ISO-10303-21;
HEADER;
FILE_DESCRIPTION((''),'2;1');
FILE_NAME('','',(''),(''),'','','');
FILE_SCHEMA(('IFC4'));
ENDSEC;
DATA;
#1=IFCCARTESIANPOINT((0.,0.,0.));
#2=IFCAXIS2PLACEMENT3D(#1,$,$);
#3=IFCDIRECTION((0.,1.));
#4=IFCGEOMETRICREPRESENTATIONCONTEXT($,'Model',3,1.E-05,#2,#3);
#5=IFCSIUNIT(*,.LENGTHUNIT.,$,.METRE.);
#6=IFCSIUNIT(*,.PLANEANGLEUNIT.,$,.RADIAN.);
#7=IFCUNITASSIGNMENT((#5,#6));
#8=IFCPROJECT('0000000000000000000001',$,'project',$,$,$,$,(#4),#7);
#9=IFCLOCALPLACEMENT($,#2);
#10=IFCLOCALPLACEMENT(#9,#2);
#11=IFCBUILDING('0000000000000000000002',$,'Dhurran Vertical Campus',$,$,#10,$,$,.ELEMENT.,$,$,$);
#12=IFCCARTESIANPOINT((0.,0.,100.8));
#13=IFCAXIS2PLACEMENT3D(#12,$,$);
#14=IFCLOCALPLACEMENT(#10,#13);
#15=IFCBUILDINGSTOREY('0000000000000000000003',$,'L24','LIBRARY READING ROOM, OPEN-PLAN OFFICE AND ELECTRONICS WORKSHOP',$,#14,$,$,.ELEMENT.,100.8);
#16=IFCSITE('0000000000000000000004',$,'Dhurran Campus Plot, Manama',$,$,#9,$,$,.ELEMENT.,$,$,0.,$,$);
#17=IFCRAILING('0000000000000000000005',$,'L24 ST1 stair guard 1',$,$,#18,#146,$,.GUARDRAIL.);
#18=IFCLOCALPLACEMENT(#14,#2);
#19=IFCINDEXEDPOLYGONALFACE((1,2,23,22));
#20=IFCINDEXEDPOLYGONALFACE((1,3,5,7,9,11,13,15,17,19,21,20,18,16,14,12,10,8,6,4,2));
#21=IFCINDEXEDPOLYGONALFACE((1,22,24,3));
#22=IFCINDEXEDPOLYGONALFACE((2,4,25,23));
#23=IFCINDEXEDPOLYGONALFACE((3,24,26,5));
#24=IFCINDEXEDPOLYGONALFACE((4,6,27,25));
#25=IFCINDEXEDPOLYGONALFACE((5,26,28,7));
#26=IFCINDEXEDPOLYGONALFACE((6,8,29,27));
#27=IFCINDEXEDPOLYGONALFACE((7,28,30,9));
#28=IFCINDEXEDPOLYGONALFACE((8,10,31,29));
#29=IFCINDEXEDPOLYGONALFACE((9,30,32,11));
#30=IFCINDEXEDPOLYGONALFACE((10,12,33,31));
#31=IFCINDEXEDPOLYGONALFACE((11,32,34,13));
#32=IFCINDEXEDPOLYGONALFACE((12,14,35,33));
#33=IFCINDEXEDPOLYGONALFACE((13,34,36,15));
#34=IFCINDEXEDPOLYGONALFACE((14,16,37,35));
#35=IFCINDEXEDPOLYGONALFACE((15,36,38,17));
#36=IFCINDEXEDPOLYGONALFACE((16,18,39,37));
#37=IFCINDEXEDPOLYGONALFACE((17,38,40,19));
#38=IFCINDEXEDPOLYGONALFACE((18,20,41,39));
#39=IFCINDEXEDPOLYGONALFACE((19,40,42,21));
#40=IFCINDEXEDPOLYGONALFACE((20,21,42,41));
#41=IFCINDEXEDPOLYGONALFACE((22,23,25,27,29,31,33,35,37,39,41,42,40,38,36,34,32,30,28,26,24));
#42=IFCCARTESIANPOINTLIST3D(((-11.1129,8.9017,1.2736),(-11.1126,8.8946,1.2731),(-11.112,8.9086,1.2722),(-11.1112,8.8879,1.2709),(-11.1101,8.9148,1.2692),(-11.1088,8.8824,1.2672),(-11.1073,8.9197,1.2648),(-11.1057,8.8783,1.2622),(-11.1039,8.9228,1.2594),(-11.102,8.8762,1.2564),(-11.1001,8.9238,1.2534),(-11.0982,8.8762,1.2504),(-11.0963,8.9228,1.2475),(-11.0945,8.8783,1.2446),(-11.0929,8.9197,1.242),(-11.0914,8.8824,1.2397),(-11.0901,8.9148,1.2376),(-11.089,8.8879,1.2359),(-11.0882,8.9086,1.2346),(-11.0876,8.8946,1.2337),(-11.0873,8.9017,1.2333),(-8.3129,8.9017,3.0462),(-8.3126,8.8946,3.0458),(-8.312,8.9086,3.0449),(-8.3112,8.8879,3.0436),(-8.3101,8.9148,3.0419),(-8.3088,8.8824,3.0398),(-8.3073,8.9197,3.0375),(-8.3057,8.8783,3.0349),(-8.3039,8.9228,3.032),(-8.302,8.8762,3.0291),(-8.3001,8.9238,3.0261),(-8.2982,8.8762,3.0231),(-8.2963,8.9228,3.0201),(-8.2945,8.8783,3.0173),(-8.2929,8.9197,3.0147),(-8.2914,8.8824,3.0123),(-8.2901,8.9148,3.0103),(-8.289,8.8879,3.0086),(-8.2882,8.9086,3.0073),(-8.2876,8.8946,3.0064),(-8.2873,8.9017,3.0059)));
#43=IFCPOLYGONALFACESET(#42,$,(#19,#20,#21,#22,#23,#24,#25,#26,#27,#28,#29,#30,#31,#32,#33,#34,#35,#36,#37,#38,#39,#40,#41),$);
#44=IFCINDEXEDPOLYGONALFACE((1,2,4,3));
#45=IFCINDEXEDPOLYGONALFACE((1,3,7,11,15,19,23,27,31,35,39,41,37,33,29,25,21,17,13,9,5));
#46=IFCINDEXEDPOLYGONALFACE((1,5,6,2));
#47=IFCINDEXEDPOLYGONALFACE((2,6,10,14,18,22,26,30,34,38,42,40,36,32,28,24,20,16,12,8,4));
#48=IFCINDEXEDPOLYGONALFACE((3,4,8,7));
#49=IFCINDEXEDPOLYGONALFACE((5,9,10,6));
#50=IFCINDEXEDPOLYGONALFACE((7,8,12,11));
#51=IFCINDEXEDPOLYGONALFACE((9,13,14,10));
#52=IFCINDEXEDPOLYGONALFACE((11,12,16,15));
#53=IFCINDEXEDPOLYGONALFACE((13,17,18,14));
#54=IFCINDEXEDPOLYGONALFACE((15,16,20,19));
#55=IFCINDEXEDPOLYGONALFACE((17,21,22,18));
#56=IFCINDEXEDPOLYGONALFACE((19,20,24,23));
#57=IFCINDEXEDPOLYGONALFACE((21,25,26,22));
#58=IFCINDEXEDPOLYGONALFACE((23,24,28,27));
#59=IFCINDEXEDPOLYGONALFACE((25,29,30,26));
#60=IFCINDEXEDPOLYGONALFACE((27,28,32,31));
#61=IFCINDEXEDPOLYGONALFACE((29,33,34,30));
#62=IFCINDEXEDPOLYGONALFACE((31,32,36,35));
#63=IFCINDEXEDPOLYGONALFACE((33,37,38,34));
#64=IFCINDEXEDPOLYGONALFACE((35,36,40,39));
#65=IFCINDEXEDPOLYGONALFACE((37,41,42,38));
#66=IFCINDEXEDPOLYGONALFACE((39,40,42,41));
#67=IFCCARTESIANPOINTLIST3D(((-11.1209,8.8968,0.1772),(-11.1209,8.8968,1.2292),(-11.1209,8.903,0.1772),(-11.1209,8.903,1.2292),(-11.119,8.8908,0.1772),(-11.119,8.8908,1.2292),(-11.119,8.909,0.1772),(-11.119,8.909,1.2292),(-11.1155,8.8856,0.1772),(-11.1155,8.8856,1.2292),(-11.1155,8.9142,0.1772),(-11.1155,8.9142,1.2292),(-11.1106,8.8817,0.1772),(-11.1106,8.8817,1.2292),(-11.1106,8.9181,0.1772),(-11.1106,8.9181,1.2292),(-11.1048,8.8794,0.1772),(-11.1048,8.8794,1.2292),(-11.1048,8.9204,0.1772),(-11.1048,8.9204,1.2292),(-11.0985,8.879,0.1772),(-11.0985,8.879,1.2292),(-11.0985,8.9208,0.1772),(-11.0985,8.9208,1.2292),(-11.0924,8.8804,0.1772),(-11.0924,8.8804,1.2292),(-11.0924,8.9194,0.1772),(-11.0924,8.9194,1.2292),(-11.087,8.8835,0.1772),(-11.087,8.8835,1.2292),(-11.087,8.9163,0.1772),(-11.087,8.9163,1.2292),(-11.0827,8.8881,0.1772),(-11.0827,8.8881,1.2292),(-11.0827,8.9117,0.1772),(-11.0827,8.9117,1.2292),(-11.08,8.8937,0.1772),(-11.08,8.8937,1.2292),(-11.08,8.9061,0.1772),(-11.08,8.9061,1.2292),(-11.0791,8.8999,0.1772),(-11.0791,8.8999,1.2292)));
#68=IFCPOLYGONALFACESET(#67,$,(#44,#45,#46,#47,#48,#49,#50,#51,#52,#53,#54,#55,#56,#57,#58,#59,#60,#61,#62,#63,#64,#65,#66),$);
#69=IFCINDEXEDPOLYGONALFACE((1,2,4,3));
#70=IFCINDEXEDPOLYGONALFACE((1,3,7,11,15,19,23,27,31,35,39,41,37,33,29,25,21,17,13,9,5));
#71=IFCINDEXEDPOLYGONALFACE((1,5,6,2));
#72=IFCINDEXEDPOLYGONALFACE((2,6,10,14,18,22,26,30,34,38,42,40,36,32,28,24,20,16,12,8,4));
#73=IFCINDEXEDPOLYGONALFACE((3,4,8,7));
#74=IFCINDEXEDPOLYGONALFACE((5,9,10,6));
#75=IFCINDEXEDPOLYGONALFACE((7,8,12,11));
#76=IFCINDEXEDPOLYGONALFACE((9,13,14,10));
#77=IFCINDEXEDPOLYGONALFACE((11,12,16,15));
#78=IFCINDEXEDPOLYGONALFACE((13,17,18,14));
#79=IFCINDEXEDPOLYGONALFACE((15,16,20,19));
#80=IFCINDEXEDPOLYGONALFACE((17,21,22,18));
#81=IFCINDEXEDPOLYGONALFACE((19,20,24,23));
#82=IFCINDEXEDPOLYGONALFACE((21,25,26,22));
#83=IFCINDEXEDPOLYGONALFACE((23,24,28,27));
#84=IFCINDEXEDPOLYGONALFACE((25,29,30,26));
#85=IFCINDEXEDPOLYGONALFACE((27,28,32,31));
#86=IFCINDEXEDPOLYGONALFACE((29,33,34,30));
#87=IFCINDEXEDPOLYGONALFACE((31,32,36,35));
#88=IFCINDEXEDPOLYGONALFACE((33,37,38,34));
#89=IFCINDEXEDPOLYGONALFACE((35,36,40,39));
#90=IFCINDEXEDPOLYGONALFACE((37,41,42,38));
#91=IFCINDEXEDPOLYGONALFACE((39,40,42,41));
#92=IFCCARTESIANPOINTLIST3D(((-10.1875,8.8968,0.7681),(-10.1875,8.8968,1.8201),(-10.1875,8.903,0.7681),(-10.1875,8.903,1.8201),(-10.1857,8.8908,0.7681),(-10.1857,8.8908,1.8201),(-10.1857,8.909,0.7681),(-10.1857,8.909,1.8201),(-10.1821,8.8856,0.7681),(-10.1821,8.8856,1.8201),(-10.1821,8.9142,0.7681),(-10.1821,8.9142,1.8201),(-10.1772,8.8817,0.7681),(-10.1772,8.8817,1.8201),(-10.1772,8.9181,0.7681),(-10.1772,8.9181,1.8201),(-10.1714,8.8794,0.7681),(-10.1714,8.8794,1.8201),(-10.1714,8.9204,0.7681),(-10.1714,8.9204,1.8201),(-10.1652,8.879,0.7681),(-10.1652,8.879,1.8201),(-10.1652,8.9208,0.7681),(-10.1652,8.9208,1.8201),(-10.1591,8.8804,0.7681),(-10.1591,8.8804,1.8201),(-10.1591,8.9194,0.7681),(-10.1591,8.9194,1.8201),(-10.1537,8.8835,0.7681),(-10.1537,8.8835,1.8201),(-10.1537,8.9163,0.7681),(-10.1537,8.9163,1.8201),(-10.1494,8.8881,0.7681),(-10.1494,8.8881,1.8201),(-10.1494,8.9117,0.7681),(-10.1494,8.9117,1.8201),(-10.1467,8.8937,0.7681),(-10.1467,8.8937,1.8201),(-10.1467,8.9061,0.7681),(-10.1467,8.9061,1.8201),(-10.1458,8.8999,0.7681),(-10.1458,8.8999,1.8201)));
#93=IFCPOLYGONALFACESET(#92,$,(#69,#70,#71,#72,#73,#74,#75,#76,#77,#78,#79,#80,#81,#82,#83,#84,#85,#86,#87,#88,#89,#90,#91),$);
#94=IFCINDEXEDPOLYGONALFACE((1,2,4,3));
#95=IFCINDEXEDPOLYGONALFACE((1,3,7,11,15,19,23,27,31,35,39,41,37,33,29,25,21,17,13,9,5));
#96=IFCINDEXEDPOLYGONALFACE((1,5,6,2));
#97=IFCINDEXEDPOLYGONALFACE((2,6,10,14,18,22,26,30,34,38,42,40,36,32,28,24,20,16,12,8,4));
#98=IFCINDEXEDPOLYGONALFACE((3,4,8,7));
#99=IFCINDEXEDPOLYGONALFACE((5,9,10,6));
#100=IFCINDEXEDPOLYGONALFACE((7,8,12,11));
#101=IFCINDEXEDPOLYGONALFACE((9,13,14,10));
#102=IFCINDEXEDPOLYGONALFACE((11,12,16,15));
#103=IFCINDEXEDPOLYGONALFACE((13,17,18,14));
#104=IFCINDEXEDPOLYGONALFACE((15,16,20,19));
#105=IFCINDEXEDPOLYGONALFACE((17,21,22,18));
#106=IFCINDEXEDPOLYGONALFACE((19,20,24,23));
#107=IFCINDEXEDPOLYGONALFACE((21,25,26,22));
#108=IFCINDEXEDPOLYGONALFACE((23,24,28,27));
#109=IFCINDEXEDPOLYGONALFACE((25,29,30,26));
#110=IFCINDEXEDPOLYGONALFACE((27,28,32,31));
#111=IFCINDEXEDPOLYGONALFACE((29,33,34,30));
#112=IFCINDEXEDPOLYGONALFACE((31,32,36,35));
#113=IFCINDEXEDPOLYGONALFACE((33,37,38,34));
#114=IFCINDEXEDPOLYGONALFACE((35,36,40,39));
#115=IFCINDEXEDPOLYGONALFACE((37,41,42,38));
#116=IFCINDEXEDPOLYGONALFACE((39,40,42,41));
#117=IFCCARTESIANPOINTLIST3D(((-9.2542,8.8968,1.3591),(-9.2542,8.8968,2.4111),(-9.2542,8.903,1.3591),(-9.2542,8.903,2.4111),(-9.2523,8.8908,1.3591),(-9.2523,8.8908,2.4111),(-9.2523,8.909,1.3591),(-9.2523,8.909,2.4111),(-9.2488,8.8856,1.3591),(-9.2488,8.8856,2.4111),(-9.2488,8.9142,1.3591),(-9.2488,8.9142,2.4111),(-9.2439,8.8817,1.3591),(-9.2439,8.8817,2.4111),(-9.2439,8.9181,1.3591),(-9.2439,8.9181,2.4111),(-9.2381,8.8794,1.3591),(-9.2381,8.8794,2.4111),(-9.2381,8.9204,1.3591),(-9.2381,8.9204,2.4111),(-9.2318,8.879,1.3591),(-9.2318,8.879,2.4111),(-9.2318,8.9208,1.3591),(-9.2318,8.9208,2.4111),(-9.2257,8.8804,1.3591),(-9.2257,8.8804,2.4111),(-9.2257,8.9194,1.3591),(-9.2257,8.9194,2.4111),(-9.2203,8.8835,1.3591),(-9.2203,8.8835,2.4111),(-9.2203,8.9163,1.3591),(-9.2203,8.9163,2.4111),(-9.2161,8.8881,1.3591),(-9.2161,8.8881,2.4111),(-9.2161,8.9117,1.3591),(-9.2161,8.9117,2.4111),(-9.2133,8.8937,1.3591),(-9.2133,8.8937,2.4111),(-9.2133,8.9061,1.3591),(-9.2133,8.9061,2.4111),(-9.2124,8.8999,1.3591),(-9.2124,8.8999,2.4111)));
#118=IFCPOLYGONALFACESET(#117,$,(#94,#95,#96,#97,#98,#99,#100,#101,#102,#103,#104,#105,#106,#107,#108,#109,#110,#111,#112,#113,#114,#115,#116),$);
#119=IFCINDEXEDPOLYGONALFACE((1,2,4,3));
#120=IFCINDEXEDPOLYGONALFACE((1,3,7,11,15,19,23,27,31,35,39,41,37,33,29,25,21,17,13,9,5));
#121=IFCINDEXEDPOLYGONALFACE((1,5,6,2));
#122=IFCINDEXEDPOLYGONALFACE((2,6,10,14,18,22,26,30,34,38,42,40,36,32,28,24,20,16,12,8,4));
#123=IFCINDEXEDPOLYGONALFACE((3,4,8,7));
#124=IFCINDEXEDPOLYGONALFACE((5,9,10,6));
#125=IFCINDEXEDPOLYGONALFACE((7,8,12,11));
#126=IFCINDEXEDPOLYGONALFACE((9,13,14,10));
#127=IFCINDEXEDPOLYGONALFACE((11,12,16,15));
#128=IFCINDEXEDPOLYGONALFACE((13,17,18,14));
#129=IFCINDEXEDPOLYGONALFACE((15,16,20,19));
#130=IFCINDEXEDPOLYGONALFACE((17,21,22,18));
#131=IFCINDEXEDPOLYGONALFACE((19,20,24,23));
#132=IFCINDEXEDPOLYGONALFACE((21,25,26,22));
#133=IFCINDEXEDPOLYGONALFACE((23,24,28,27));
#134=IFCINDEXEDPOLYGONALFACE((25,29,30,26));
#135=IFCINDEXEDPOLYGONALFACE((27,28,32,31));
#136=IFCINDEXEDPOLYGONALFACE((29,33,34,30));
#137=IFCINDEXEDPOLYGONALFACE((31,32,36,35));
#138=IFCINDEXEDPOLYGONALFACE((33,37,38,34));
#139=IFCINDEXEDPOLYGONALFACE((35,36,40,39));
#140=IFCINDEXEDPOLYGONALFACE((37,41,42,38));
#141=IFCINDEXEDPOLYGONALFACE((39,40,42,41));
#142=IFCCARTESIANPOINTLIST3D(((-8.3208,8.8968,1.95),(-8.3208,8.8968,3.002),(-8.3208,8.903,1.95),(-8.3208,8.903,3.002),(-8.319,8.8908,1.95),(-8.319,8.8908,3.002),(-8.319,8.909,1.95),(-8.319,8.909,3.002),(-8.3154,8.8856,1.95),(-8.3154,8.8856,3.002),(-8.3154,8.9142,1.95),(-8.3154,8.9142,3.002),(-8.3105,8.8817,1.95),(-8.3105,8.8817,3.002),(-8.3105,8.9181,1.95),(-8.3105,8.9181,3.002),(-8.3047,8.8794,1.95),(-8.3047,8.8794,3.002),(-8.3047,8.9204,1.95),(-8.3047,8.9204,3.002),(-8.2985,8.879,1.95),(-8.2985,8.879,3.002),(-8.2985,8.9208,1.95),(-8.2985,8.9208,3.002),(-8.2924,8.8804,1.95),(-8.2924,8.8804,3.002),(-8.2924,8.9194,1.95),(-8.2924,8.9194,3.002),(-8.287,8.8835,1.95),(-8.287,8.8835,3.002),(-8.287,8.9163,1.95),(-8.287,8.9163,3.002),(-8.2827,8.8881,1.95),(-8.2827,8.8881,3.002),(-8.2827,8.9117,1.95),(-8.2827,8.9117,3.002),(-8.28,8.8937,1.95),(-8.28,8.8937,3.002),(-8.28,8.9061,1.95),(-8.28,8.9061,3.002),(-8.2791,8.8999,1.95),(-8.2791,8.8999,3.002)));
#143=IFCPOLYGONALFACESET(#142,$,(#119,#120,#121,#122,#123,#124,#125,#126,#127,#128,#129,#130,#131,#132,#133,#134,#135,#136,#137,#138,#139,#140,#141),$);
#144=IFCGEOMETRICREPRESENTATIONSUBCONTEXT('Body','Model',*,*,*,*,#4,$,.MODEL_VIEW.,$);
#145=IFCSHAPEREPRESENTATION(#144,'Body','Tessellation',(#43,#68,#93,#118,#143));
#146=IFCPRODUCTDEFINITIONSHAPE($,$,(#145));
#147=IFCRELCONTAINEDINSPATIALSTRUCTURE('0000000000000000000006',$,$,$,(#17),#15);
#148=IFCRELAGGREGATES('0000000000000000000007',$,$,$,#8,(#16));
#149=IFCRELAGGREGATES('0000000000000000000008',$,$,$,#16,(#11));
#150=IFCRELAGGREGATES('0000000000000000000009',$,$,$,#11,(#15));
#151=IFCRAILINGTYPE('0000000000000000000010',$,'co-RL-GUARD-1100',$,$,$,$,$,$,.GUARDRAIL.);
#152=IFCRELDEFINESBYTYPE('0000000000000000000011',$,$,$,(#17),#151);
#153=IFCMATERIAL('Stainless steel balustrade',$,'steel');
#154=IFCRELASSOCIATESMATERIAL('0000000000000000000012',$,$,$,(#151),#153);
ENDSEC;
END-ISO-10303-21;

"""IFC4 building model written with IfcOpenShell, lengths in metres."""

from ifc_helpers import new_model, si_unit, direction, frame, origin, origin_2d, place, context, subcontext, project, spatial, circle, extrude, material, type_object, element, save


model = new_model("IFC4")

# Units and contexts
model_context = context("Model", 3, precision=1e-05, world=origin(), true_north=direction((0.0, 1.0)))
body_context = subcontext(model_context, "Body", "Model", "MODEL_VIEW")
ifc_project = project(units=[si_unit("LENGTHUNIT", "METRE"), si_unit("PLANEANGLEUNIT", "RADIAN")], contexts=[model_context])

# Site, building, storey
site_placement = place(None, origin())
site = spatial("IfcSite", under=ifc_project, at=site_placement, Name="Dhurran Campus Plot, Manama", CompositionType="ELEMENT", RefElevation=0.0)
building_placement = place(site_placement, origin())
building = spatial("IfcBuilding", under=site, at=building_placement, Name="Dhurran Vertical Campus", CompositionType="ELEMENT")
storey_placement = place(building_placement, frame((0.0, 0.0, 100.8)))
storey = spatial("IfcBuildingStorey", under=building, at=storey_placement, Name="L24", Description="LIBRARY READING ROOM, OPEN-PLAN OFFICE AND ELECTRONICS WORKSHOP", CompositionType="ELEMENT", Elevation=100.8)

# Railing
ifc_material_1 = material(Name="Stainless steel balustrade", Category="steel")
railing_type_1 = type_object("IfcRailingType", Name="co-RL-GUARD-1100", PredefinedType="GUARDRAIL", material=ifc_material_1)
railing_1_placement = place(storey_placement, frame((-11.1001, 8.8999, 0.1772)))
element("IfcRailing", 1, at=railing_1_placement, inside=storey, type_object=railing_type_1, Name="L24 ST1 stair guard 1", PredefinedType="GUARDRAIL", context=body_context, shape_type="SweptSolid", body=[
    extrude(circle(Radius=0.0239, at=origin_2d()), frame((0.0, 0.0, 1.0762), z_axis=(0.844909, 0.0, 0.53491), x_axis=(0.0, 1.0, 0.0)), (0.0, 0.0, 1.0), 3.314),
    extrude(circle(Radius=0.021, at=origin_2d()), origin(), (0.0, 0.0, 1.0), 1.052),
    extrude(circle(Radius=0.021, at=origin_2d()), frame((0.9333, 0.0, 0.5908)), (0.0, 0.0, 1.0), 1.052),
    extrude(circle(Radius=0.021, at=origin_2d()), frame((1.8667, 0.0, 1.1819)), (0.0, 0.0, 1.0), 1.052),
    extrude(circle(Radius=0.021, at=origin_2d()), frame((2.8, 0.0, 1.7727)), (0.0, 0.0, 1.0), 1.052),
])

save(model, "model.ifc")
